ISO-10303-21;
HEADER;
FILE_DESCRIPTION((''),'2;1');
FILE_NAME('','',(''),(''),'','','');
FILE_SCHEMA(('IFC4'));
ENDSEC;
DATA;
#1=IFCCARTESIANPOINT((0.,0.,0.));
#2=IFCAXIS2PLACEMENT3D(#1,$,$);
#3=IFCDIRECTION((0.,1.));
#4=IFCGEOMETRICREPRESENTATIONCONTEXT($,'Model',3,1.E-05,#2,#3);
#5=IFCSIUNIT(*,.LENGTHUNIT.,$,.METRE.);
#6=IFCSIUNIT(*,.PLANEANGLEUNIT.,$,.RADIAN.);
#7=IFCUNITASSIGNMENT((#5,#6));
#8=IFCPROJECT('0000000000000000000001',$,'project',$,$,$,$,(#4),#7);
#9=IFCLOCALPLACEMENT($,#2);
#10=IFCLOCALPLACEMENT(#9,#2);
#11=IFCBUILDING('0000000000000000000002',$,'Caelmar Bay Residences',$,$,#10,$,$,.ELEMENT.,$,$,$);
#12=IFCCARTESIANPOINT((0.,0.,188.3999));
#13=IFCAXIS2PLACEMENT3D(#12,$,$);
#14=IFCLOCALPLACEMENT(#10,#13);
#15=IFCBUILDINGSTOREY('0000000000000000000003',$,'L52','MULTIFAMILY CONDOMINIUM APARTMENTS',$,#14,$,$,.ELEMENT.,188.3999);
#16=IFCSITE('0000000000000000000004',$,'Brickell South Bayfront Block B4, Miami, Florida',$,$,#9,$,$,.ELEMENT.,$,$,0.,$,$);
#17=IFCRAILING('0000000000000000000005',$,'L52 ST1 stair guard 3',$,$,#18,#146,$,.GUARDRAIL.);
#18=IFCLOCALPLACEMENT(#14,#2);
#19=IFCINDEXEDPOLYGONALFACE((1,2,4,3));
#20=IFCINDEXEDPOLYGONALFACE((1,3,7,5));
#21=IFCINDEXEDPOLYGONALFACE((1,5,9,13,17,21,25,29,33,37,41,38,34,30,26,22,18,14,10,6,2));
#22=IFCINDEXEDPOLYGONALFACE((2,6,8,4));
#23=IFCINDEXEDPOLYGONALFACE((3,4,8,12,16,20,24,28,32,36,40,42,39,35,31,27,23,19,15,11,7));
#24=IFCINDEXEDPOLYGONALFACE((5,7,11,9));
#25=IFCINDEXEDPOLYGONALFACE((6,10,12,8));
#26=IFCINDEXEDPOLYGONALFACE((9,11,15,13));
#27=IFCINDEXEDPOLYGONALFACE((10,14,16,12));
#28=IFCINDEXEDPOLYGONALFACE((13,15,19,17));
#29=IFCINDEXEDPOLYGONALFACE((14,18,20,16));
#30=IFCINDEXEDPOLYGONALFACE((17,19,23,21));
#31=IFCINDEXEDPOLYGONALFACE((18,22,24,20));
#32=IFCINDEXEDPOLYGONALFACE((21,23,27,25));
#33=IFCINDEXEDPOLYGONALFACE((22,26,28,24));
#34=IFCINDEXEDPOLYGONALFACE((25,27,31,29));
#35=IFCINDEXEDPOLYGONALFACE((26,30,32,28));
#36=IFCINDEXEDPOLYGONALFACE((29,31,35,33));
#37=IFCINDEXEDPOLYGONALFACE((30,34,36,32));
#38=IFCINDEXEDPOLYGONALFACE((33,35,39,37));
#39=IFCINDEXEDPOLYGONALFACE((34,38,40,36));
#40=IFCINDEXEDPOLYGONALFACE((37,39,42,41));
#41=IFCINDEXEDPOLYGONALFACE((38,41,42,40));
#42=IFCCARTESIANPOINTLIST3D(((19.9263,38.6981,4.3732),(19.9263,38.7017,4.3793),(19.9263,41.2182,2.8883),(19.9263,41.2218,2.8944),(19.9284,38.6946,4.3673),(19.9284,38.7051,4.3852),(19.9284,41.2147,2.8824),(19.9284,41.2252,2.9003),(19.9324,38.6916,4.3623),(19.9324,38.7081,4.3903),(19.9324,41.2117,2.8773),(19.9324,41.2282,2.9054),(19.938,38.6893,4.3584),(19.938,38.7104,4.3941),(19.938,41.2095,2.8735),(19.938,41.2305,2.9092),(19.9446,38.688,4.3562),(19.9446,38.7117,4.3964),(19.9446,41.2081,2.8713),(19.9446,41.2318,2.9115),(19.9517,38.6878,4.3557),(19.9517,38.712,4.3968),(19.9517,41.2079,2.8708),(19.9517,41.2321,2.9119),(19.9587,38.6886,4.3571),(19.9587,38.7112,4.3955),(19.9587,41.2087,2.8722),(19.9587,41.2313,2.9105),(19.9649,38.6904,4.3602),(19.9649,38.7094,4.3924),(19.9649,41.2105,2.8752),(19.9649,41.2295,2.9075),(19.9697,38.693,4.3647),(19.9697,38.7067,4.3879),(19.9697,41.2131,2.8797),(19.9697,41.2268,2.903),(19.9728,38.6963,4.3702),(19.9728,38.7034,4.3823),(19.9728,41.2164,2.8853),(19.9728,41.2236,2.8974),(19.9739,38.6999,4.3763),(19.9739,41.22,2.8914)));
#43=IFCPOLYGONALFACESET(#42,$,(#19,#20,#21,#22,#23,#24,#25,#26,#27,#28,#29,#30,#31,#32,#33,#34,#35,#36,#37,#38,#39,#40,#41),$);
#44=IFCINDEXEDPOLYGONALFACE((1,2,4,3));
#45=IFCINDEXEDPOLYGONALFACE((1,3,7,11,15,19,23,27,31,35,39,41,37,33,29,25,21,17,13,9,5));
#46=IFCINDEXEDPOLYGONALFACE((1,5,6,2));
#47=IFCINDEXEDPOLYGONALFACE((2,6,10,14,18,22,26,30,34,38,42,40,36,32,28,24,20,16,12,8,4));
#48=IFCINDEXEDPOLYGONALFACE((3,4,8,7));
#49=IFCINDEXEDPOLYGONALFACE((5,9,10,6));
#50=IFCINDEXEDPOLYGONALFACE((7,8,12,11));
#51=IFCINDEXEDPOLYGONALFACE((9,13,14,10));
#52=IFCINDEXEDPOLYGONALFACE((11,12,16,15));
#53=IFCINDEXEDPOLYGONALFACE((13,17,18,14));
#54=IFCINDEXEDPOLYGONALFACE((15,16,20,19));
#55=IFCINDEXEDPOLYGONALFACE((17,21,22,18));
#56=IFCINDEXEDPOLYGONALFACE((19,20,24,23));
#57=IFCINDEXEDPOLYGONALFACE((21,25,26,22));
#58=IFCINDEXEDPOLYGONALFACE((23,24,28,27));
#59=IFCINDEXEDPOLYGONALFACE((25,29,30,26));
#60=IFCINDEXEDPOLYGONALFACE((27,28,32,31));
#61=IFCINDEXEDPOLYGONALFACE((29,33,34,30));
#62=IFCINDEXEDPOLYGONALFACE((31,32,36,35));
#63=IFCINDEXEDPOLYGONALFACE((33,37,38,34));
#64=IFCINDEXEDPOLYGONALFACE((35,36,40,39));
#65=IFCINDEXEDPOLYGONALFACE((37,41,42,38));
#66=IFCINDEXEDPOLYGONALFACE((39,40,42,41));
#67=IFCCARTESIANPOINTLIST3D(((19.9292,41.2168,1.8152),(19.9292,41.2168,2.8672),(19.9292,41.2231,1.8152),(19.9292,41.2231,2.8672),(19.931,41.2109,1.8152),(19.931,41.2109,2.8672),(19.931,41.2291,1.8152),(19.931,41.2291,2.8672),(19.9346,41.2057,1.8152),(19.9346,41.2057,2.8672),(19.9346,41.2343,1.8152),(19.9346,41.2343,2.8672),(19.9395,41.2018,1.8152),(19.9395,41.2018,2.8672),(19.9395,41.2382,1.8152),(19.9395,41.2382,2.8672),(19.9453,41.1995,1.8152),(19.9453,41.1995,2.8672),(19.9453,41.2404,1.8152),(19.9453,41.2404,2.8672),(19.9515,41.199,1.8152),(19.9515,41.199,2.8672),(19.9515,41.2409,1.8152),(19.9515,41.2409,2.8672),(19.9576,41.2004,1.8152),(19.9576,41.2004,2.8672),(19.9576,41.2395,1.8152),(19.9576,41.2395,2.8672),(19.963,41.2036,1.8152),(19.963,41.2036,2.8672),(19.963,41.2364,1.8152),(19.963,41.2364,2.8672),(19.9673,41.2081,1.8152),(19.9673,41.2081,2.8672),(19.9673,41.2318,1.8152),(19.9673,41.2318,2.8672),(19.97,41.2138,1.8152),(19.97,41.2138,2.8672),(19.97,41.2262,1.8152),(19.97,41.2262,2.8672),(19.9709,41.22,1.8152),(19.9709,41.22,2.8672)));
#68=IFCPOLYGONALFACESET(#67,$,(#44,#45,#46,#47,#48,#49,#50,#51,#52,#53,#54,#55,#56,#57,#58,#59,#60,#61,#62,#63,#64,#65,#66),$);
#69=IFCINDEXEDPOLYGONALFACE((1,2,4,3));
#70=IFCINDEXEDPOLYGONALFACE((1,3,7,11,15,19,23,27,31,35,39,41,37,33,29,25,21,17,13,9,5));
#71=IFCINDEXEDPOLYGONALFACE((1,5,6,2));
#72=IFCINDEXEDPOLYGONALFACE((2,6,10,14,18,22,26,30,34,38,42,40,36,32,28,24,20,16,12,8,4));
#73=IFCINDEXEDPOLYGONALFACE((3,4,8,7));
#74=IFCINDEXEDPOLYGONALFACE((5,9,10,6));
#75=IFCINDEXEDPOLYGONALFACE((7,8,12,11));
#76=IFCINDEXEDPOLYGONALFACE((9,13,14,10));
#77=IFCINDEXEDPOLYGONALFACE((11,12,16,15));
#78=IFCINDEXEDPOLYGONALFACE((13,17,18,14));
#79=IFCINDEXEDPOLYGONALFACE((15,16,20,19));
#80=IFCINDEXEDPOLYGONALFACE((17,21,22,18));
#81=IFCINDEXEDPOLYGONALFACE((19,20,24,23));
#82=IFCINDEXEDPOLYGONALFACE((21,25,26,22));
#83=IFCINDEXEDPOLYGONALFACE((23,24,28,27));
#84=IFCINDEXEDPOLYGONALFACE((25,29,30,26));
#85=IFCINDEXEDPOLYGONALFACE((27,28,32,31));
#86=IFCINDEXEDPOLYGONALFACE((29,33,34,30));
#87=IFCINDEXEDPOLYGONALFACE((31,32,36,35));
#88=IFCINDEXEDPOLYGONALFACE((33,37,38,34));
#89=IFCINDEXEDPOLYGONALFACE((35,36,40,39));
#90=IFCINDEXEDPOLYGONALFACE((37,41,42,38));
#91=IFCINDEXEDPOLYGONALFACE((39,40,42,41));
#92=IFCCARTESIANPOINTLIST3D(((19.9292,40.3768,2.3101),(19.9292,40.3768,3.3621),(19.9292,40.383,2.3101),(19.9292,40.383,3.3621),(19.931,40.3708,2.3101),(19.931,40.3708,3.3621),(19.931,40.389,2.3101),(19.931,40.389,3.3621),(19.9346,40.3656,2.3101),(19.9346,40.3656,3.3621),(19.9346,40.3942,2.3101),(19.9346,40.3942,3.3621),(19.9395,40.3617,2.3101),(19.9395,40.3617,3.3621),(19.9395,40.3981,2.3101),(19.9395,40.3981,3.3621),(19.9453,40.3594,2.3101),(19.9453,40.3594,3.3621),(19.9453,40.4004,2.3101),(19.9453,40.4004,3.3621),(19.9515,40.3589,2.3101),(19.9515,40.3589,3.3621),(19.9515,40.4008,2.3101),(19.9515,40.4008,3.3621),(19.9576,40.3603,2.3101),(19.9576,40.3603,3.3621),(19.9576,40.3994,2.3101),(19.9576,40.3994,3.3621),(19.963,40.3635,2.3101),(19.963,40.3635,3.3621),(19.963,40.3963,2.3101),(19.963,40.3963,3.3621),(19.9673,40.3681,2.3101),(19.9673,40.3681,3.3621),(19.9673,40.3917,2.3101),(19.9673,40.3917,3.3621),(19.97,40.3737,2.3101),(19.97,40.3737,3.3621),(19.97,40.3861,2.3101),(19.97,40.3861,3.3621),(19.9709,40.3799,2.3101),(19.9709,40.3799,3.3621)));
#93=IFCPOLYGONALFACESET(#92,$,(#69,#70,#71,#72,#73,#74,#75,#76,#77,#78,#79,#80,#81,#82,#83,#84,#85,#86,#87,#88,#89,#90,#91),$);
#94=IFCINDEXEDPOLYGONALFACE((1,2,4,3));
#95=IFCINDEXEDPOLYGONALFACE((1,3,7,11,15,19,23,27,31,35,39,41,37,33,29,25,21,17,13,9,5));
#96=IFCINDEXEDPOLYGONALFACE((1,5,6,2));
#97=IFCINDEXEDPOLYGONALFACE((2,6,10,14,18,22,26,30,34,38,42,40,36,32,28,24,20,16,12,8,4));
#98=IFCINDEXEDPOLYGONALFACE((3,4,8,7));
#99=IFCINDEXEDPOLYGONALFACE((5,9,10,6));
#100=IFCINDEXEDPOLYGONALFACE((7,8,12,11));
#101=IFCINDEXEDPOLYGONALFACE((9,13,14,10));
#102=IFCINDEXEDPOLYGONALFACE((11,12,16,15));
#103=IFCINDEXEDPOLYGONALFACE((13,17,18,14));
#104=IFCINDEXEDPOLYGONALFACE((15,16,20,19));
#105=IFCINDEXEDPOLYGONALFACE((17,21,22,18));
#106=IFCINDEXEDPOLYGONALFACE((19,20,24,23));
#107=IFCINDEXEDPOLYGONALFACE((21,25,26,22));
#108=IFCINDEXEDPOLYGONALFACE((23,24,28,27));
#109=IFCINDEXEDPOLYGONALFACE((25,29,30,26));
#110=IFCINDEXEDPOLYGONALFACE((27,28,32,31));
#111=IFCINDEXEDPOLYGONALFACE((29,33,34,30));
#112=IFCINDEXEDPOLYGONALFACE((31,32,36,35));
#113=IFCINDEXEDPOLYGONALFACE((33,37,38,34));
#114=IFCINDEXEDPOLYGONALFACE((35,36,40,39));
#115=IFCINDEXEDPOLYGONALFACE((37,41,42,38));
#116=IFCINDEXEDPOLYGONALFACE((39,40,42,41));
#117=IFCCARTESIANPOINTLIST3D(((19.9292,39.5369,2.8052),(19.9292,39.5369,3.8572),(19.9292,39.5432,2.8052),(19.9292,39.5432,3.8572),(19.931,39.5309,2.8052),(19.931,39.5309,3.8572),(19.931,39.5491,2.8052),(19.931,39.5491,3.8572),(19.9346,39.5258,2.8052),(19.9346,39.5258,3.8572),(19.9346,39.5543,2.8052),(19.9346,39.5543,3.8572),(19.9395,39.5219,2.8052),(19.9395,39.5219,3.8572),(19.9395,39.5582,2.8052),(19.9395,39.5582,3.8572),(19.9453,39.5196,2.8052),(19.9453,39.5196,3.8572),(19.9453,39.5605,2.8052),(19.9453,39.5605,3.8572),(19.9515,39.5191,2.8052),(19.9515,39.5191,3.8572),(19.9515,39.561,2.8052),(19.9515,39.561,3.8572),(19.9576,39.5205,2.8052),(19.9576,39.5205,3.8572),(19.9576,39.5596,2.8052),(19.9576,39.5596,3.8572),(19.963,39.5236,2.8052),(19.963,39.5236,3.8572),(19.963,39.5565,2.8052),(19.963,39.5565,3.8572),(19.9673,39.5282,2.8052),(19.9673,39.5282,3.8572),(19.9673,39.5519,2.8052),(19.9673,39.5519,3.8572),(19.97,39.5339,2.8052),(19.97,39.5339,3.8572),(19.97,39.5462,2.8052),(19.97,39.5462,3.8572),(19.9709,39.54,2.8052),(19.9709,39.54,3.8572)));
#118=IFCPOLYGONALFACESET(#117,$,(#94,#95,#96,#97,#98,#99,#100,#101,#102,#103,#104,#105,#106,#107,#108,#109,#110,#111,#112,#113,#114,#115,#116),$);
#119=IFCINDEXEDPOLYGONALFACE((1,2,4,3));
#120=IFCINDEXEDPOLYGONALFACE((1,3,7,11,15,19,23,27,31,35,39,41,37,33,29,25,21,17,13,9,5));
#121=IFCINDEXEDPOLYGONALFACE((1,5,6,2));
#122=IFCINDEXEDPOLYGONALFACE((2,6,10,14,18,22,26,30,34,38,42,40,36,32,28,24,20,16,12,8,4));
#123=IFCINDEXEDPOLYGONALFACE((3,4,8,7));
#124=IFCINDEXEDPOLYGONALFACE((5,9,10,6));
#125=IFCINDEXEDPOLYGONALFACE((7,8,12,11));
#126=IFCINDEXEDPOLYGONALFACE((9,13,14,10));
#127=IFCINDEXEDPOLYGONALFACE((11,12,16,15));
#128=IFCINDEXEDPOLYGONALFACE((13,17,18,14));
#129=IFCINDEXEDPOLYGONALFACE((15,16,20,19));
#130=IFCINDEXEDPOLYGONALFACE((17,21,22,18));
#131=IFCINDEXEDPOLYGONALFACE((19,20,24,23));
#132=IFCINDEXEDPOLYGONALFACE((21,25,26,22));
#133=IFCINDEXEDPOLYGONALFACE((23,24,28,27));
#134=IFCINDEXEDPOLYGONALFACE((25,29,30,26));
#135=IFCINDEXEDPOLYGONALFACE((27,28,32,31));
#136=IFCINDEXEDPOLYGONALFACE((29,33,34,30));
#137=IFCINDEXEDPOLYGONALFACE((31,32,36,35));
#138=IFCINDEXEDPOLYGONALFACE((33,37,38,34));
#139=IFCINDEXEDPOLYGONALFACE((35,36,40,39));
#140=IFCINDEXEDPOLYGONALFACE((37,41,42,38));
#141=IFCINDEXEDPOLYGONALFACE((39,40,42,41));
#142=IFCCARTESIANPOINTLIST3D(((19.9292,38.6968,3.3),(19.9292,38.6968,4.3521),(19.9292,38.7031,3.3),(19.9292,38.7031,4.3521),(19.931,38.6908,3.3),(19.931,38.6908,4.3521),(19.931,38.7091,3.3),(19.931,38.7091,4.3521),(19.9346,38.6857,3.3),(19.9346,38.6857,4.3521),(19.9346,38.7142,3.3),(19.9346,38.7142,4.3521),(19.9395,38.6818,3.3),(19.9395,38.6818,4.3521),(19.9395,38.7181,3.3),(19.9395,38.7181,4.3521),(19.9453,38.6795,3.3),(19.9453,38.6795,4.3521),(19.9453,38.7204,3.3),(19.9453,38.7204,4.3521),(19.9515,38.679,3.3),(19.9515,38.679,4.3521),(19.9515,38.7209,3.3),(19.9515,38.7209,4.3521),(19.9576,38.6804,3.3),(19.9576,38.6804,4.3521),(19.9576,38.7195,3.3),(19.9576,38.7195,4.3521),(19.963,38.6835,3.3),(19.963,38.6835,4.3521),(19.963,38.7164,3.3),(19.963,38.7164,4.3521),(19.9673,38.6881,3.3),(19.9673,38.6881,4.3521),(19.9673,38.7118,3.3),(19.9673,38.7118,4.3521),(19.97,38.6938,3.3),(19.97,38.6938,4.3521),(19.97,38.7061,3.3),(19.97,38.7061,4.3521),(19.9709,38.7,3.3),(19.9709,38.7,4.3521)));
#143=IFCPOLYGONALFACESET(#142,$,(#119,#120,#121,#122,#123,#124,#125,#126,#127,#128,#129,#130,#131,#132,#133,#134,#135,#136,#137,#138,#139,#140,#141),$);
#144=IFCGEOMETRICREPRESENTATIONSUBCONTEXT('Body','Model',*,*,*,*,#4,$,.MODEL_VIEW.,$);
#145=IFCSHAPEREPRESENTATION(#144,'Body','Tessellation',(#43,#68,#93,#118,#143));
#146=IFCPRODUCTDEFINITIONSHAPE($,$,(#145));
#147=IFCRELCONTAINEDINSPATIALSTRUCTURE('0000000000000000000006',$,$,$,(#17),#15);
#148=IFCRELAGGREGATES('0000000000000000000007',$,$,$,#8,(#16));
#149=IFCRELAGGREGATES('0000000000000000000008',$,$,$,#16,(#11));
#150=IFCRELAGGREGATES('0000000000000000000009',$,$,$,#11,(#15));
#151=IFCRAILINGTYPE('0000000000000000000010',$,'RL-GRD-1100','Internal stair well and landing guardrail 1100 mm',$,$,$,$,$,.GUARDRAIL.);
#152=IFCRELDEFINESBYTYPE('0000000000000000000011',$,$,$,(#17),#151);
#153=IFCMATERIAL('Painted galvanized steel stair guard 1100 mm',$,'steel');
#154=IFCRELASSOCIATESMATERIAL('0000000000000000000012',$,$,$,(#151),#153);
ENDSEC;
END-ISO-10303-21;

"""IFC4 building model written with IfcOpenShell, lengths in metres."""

from ifc_helpers import new_model, si_unit, direction, frame, origin, origin_2d, place, context, subcontext, project, spatial, circle, extrude, material, type_object, element, save


model = new_model("IFC4")

# Units and contexts
model_context = context("Model", 3, precision=1e-05, world=origin(), true_north=direction((0.0, 1.0)))
body_context = subcontext(model_context, "Body", "Model", "MODEL_VIEW")
ifc_project = project(units=[si_unit("LENGTHUNIT", "METRE"), si_unit("PLANEANGLEUNIT", "RADIAN")], contexts=[model_context])

# Site, building, storey
site_placement = place(None, origin())
site = spatial("IfcSite", under=ifc_project, at=site_placement, Name="Brickell South Bayfront Block B4, Miami, Florida", CompositionType="ELEMENT", RefElevation=0.0)
building_placement = place(site_placement, origin())
building = spatial("IfcBuilding", under=site, at=building_placement, Name="Caelmar Bay Residences", CompositionType="ELEMENT")
storey_placement = place(building_placement, frame((0.0, 0.0, 188.3999)))
storey = spatial("IfcBuildingStorey", under=building, at=storey_placement, Name="L52", Description="MULTIFAMILY CONDOMINIUM APARTMENTS", CompositionType="ELEMENT", Elevation=188.3999)

# Railing
ifc_material_1 = material(Name="Painted galvanized steel stair guard 1100 mm", Category="steel")
railing_type_1 = type_object("IfcRailingType", Name="RL-GRD-1100", Description="Internal stair well and landing guardrail 1100 mm", PredefinedType="GUARDRAIL", material=ifc_material_1)
railing_1_placement = place(storey_placement, frame((19.95, 41.22, 1.8152)))
element("IfcRailing", 1, at=railing_1_placement, inside=storey, type_object=railing_type_1, Name="L52 ST1 stair guard 3", PredefinedType="GUARDRAIL", context=body_context, shape_type="SweptSolid", body=[
    extrude(circle(Radius=0.0239, at=origin_2d()), frame((0.0, 0.0, 1.0762), z_axis=(0.0, -0.861561, 0.507655), x_axis=(1.0, 0.0, 0.0)), (0.0, 0.0, 1.0), 2.925),
    extrude(circle(Radius=0.021, at=origin_2d()), origin(), (0.0, 0.0, 1.0), 1.052),
    extrude(circle(Radius=0.021, at=origin_2d()), frame((0.0, -0.8401, 0.4949)), (0.0, 0.0, 1.0), 1.052),
    extrude(circle(Radius=0.021, at=origin_2d()), frame((0.0, -1.6799, 0.99)), (0.0, 0.0, 1.0), 1.052),
    extrude(circle(Radius=0.021, at=origin_2d()), frame((0.0, -2.52, 1.4849)), (0.0, 0.0, 1.0), 1.052),
])

save(model, "model.ifc")
